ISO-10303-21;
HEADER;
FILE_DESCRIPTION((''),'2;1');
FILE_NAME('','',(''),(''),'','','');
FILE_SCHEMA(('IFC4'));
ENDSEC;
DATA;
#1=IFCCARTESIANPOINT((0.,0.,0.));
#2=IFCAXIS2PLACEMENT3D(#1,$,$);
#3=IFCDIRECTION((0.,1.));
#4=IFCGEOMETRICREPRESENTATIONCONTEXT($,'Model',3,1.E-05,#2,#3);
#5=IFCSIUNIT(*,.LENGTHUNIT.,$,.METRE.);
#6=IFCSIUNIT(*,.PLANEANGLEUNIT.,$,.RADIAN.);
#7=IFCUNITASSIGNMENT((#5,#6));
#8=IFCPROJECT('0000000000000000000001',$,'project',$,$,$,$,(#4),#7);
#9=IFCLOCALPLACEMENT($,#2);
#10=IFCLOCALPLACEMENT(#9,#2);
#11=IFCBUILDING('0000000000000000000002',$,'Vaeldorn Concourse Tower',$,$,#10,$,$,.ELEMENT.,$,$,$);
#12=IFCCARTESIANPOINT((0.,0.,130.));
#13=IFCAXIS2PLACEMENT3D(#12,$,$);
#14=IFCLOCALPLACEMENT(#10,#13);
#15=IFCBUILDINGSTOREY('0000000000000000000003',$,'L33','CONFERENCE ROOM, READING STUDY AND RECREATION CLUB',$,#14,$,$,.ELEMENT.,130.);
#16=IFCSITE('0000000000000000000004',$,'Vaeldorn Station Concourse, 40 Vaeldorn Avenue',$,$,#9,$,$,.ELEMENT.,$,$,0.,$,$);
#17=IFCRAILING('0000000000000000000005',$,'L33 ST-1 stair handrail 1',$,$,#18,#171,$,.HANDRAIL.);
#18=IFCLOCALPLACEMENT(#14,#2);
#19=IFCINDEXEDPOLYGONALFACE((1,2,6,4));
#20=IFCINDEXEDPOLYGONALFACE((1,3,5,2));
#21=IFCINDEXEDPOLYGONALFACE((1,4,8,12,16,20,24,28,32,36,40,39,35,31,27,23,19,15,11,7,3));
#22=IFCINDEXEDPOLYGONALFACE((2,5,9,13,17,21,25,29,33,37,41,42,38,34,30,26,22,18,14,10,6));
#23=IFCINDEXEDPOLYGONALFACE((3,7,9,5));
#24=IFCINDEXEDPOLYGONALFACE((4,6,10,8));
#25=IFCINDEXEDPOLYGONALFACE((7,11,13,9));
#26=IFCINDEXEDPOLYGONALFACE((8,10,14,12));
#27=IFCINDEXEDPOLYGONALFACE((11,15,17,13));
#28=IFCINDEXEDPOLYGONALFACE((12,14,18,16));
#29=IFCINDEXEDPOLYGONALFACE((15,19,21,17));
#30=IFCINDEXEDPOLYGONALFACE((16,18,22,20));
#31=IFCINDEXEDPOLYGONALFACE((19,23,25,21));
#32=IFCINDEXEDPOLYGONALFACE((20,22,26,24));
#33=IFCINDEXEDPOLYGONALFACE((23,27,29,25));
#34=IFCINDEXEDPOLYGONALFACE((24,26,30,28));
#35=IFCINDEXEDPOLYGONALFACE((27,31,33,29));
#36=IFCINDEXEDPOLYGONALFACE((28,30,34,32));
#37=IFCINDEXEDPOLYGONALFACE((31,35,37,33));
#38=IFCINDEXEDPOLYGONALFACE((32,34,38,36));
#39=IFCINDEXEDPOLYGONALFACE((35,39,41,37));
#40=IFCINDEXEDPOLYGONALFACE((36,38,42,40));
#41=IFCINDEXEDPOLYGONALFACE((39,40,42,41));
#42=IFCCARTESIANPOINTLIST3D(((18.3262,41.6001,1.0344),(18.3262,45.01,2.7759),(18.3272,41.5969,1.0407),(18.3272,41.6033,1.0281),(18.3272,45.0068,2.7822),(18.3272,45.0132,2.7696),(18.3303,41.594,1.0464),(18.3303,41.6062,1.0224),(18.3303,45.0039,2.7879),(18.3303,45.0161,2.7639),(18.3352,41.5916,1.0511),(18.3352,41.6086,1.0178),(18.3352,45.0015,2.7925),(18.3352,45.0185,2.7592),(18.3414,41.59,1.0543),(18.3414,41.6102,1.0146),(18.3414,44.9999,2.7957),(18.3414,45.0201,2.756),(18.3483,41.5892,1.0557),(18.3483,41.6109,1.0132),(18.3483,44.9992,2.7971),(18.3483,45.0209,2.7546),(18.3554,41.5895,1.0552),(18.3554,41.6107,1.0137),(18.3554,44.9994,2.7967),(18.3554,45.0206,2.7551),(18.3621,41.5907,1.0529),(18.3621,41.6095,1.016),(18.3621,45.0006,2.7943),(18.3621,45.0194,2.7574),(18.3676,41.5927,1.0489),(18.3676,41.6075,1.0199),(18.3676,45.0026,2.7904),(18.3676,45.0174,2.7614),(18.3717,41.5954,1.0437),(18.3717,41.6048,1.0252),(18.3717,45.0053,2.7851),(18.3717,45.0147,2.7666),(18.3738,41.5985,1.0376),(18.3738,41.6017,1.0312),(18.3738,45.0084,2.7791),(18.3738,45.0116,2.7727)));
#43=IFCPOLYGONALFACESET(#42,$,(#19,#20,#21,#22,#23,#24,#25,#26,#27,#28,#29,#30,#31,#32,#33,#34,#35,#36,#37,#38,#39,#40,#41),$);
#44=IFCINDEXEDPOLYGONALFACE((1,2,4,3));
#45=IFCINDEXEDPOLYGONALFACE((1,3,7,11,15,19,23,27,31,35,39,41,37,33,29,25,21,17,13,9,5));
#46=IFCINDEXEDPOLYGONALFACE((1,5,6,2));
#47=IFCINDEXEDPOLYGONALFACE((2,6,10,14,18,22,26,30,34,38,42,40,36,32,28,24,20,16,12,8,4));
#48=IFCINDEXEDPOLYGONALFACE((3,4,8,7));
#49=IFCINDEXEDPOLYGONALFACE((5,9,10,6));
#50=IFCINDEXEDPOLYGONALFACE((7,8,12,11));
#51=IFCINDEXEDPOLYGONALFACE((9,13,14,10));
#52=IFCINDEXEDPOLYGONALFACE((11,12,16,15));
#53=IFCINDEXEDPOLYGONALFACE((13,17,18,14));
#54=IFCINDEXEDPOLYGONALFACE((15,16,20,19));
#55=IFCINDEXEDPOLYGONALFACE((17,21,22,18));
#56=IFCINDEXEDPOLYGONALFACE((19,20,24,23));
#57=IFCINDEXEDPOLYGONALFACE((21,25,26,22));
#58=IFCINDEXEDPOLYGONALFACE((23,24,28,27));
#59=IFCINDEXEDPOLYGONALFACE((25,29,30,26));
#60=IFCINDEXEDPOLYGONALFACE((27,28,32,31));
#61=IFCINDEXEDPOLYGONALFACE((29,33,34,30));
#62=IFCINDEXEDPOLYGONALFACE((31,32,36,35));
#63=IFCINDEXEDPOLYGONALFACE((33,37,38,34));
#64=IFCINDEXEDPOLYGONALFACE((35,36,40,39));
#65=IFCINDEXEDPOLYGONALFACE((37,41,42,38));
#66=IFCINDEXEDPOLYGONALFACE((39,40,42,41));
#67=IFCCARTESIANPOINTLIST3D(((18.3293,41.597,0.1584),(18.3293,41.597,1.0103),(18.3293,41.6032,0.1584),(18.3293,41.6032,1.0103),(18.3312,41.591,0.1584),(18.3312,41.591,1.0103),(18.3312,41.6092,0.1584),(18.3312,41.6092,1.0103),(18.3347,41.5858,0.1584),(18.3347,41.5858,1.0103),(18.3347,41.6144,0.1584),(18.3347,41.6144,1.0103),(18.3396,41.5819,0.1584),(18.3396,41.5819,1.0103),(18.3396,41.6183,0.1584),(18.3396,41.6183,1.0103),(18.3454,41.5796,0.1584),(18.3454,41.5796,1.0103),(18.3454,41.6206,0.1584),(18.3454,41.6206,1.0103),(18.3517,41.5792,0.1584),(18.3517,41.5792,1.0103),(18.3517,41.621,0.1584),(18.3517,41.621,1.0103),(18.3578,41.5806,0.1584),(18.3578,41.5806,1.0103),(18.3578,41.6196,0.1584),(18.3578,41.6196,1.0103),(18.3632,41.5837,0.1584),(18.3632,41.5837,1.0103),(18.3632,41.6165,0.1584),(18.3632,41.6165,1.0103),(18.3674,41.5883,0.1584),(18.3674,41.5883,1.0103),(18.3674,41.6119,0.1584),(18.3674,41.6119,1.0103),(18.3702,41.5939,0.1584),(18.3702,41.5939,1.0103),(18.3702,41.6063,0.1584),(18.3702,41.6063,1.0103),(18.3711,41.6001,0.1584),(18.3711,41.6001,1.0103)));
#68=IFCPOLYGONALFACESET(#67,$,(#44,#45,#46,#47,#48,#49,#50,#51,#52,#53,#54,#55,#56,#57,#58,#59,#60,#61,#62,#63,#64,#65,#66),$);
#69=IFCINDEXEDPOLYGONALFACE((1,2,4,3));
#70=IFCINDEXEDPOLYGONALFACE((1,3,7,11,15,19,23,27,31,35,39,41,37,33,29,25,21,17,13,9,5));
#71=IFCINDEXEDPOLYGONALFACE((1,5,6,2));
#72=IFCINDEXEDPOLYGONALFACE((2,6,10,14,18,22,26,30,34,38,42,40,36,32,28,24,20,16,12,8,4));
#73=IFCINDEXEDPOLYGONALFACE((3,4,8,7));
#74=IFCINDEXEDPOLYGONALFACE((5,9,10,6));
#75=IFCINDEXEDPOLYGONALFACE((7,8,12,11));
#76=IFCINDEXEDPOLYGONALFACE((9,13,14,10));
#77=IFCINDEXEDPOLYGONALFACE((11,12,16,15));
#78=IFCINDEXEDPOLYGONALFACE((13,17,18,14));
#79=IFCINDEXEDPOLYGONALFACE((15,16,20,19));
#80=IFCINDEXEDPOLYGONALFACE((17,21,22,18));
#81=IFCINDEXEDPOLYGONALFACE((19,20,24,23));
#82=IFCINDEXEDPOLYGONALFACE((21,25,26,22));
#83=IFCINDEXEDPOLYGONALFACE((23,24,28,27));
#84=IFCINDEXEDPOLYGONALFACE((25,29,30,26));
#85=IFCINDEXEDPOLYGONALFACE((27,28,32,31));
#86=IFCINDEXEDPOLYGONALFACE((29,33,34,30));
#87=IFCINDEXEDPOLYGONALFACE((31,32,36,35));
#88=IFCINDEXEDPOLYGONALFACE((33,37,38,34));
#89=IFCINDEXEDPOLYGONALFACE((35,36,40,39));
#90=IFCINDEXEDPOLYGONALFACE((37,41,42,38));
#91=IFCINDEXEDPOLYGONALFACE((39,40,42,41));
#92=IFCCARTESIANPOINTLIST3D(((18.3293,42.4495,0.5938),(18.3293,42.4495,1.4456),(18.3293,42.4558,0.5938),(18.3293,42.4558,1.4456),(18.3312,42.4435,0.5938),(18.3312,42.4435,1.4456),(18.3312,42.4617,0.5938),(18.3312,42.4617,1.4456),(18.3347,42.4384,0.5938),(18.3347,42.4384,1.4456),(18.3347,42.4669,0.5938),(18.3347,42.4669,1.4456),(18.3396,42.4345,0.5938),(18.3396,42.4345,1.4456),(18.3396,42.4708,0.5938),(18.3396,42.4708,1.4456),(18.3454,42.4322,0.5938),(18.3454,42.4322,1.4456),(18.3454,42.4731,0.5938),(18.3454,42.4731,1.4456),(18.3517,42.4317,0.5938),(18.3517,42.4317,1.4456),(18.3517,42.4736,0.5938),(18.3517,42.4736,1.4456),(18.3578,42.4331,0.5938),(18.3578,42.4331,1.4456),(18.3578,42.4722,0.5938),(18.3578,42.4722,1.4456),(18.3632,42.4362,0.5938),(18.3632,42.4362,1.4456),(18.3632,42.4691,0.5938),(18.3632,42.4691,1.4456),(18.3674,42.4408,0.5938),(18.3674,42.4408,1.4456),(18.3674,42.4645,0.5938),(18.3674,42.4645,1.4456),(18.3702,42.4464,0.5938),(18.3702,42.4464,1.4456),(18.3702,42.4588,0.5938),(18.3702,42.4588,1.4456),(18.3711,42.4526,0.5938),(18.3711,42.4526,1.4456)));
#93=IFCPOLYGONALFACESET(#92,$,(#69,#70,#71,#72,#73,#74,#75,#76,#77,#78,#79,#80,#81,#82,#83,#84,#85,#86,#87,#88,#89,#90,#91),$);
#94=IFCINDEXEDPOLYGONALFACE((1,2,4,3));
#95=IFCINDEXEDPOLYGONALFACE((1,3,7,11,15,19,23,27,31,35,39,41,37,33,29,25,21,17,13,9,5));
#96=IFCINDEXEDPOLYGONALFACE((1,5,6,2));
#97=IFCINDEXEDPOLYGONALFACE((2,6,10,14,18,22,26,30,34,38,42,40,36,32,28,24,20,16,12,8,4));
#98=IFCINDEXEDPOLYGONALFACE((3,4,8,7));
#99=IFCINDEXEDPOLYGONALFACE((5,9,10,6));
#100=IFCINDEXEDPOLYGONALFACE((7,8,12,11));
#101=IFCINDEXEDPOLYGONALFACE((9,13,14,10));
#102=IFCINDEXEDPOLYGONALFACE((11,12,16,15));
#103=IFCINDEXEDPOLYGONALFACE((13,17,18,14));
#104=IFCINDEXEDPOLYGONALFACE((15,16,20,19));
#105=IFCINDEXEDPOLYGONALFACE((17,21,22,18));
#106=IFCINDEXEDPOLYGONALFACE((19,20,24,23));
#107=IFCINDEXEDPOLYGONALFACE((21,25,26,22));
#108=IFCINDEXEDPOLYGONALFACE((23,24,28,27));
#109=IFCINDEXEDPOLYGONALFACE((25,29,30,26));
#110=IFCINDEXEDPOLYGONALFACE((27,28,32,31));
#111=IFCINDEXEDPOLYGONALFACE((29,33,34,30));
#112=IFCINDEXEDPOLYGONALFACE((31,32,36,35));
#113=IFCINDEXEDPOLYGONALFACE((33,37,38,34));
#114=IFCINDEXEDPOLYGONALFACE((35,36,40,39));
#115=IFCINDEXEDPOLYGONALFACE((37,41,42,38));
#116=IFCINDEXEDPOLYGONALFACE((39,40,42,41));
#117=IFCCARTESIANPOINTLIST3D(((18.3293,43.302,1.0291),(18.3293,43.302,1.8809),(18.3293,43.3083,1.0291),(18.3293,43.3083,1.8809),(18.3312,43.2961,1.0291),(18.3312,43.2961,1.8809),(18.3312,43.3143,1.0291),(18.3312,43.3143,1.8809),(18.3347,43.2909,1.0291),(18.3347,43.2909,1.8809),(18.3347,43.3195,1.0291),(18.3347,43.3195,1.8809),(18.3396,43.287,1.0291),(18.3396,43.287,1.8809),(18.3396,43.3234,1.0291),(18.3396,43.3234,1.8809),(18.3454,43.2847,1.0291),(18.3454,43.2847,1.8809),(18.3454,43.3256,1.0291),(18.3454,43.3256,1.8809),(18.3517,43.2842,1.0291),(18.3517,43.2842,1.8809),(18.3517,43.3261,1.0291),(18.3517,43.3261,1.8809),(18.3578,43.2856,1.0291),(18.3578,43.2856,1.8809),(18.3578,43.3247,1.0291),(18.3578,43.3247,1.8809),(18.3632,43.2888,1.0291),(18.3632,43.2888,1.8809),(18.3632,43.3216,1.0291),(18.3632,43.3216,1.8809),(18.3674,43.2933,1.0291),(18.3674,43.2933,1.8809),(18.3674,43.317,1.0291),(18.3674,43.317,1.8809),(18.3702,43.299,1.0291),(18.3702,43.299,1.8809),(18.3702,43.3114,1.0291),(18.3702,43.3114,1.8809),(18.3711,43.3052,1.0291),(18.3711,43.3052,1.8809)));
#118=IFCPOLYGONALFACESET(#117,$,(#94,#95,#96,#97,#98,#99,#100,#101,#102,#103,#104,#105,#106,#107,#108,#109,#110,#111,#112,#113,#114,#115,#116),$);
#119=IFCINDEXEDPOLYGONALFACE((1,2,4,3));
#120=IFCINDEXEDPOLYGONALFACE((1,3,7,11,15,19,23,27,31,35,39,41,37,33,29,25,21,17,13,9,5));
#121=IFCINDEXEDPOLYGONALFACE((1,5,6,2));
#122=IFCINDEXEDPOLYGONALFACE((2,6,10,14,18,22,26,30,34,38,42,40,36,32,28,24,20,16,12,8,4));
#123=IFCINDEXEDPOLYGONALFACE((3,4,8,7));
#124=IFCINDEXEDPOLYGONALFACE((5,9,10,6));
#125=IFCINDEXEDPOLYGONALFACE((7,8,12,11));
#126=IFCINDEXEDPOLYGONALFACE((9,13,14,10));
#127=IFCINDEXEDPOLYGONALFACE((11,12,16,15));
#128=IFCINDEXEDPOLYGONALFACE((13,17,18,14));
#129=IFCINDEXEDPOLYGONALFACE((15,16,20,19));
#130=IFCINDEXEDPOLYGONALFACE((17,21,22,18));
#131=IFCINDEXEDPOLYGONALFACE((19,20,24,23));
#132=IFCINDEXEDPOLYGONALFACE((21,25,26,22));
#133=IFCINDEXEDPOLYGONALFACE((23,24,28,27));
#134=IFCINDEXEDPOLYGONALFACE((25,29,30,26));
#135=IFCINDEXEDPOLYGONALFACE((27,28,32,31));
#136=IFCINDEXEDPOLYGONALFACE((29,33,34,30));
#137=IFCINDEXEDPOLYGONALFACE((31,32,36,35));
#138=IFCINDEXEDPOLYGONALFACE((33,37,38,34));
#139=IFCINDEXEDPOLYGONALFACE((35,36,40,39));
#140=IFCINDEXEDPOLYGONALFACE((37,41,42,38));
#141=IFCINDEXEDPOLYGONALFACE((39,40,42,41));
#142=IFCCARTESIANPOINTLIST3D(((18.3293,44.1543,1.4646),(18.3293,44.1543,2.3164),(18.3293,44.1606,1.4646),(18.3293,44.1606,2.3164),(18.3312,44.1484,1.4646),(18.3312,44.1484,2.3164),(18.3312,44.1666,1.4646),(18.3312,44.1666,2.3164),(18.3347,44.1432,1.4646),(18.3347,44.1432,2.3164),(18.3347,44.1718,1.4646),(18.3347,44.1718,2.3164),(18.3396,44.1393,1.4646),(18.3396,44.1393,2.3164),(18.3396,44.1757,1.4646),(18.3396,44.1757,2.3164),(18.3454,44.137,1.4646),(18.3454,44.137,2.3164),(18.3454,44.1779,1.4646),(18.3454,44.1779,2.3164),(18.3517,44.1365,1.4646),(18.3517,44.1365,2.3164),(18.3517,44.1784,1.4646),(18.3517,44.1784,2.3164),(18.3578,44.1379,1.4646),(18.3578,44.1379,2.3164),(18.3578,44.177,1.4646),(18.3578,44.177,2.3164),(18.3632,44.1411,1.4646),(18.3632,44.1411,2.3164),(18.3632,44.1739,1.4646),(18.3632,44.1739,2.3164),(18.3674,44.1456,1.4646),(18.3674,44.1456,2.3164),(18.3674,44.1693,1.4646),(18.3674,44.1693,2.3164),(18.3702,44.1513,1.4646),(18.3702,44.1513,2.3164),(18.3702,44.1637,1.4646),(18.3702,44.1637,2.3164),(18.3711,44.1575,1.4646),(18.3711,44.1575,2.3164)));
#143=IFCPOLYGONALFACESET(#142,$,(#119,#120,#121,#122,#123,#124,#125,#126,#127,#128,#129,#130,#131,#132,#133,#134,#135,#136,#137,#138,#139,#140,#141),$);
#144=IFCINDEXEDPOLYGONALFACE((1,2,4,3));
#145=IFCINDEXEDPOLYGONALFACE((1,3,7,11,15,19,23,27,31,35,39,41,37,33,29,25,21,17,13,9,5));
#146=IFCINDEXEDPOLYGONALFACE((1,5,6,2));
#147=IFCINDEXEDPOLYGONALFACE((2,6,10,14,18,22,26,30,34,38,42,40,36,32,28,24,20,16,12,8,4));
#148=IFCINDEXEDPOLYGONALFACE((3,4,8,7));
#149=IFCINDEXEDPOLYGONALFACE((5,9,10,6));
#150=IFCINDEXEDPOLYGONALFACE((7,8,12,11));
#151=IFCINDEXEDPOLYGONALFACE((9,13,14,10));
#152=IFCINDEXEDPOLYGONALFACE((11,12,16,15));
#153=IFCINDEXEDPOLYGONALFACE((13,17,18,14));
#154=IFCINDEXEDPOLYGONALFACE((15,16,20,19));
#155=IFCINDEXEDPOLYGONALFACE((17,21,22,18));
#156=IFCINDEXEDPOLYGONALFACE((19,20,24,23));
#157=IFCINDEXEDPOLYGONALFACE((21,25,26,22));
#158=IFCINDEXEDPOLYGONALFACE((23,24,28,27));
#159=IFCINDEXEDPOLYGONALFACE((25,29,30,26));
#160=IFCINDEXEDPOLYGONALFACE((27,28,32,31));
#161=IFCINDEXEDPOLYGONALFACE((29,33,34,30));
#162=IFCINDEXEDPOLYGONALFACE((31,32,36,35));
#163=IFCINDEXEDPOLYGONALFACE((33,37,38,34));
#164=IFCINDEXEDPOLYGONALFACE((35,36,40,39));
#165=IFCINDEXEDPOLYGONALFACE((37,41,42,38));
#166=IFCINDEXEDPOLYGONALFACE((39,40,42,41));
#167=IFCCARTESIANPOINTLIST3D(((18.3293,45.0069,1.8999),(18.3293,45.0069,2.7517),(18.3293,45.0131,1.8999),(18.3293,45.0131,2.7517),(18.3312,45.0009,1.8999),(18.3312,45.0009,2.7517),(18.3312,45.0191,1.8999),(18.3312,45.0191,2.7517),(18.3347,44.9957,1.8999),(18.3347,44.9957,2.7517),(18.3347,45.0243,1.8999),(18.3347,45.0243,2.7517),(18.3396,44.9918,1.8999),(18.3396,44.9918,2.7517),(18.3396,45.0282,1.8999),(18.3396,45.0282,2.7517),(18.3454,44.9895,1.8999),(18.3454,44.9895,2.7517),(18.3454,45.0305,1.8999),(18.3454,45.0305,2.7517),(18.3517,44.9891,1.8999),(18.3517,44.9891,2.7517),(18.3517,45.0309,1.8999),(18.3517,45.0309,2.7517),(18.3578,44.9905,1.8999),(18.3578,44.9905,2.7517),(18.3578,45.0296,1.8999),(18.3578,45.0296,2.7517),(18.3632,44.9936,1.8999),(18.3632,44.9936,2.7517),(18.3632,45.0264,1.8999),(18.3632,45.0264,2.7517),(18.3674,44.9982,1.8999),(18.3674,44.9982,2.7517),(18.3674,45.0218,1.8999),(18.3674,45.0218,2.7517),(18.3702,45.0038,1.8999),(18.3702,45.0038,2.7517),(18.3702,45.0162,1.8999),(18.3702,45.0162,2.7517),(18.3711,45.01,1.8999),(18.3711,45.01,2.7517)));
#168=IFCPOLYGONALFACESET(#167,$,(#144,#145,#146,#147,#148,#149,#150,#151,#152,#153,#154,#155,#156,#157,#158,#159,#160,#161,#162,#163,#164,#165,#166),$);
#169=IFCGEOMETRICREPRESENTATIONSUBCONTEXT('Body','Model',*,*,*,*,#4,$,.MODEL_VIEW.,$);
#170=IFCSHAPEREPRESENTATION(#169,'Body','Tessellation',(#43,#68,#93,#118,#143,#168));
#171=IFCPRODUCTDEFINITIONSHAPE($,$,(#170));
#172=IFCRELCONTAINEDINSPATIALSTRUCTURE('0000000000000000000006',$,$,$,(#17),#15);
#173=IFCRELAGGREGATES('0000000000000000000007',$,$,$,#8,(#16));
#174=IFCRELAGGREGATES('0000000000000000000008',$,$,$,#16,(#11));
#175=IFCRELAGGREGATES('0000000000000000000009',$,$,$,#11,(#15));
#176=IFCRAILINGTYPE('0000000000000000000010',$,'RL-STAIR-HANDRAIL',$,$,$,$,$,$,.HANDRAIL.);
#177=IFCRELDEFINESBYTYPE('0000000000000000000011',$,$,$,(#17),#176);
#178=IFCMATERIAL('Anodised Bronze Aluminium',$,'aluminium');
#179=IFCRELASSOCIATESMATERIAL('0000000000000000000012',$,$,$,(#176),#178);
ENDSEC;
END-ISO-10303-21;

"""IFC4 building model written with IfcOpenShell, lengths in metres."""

from ifc_helpers import new_model, si_unit, direction, frame, origin, origin_2d, place, context, subcontext, project, spatial, circle, extrude, material, type_object, element, save


model = new_model("IFC4")

# Units and contexts
model_context = context("Model", 3, precision=1e-05, world=origin(), true_north=direction((0.0, 1.0)))
body_context = subcontext(model_context, "Body", "Model", "MODEL_VIEW")
ifc_project = project(units=[si_unit("LENGTHUNIT", "METRE"), si_unit("PLANEANGLEUNIT", "RADIAN")], contexts=[model_context])

# Site, building, storey
site_placement = place(None, origin())
site = spatial("IfcSite", under=ifc_project, at=site_placement, Name="Vaeldorn Station Concourse, 40 Vaeldorn Avenue", CompositionType="ELEMENT", RefElevation=0.0)
building_placement = place(site_placement, origin())
building = spatial("IfcBuilding", under=site, at=building_placement, Name="Vaeldorn Concourse Tower", CompositionType="ELEMENT")
storey_placement = place(building_placement, frame((0.0, 0.0, 130.0)))
storey = spatial("IfcBuildingStorey", under=building, at=storey_placement, Name="L33", Description="CONFERENCE ROOM, READING STUDY AND RECREATION CLUB", CompositionType="ELEMENT", Elevation=130.0)

# Shared definitions
ifc_material_1 = material(Name="Anodised Bronze Aluminium", Category="aluminium")

# Railing
railing_type_1 = type_object("IfcRailingType", Name="RL-STAIR-HANDRAIL", PredefinedType="HANDRAIL", material=ifc_material_1)
railing_1_placement = place(storey_placement, frame((18.3501, 41.6001, 0.1584)))
element("IfcRailing", 1, at=railing_1_placement, inside=storey, type_object=railing_type_1, Name="L33 ST-1 stair handrail 1", PredefinedType="HANDRAIL", context=body_context, shape_type="SweptSolid", body=[
    extrude(circle(Radius=0.0239, at=origin_2d()), frame((0.0, 0.0, 0.876), z_axis=(0.0, 0.890582, 0.454823), x_axis=(-1.0, 0.0, 0.0)), (0.0, 0.0, 1.0), 3.8289),
    extrude(circle(Radius=0.021, at=origin_2d()), origin(), (0.0, 0.0, 1.0), 0.8518),
    extrude(circle(Radius=0.021, at=origin_2d()), frame((0.0, 0.8525, 0.4353)), (0.0, 0.0, 1.0), 0.8518),
    extrude(circle(Radius=0.021, at=origin_2d()), frame((0.0, 1.7051, 0.8706)), (0.0, 0.0, 1.0), 0.8518),
    extrude(circle(Radius=0.021, at=origin_2d()), frame((0.0, 2.5574, 1.3062)), (0.0, 0.0, 1.0), 0.8518),
    extrude(circle(Radius=0.021, at=origin_2d()), frame((0.0, 3.4099, 1.7415)), (0.0, 0.0, 1.0), 0.8518),
])

save(model, "model.ifc")
